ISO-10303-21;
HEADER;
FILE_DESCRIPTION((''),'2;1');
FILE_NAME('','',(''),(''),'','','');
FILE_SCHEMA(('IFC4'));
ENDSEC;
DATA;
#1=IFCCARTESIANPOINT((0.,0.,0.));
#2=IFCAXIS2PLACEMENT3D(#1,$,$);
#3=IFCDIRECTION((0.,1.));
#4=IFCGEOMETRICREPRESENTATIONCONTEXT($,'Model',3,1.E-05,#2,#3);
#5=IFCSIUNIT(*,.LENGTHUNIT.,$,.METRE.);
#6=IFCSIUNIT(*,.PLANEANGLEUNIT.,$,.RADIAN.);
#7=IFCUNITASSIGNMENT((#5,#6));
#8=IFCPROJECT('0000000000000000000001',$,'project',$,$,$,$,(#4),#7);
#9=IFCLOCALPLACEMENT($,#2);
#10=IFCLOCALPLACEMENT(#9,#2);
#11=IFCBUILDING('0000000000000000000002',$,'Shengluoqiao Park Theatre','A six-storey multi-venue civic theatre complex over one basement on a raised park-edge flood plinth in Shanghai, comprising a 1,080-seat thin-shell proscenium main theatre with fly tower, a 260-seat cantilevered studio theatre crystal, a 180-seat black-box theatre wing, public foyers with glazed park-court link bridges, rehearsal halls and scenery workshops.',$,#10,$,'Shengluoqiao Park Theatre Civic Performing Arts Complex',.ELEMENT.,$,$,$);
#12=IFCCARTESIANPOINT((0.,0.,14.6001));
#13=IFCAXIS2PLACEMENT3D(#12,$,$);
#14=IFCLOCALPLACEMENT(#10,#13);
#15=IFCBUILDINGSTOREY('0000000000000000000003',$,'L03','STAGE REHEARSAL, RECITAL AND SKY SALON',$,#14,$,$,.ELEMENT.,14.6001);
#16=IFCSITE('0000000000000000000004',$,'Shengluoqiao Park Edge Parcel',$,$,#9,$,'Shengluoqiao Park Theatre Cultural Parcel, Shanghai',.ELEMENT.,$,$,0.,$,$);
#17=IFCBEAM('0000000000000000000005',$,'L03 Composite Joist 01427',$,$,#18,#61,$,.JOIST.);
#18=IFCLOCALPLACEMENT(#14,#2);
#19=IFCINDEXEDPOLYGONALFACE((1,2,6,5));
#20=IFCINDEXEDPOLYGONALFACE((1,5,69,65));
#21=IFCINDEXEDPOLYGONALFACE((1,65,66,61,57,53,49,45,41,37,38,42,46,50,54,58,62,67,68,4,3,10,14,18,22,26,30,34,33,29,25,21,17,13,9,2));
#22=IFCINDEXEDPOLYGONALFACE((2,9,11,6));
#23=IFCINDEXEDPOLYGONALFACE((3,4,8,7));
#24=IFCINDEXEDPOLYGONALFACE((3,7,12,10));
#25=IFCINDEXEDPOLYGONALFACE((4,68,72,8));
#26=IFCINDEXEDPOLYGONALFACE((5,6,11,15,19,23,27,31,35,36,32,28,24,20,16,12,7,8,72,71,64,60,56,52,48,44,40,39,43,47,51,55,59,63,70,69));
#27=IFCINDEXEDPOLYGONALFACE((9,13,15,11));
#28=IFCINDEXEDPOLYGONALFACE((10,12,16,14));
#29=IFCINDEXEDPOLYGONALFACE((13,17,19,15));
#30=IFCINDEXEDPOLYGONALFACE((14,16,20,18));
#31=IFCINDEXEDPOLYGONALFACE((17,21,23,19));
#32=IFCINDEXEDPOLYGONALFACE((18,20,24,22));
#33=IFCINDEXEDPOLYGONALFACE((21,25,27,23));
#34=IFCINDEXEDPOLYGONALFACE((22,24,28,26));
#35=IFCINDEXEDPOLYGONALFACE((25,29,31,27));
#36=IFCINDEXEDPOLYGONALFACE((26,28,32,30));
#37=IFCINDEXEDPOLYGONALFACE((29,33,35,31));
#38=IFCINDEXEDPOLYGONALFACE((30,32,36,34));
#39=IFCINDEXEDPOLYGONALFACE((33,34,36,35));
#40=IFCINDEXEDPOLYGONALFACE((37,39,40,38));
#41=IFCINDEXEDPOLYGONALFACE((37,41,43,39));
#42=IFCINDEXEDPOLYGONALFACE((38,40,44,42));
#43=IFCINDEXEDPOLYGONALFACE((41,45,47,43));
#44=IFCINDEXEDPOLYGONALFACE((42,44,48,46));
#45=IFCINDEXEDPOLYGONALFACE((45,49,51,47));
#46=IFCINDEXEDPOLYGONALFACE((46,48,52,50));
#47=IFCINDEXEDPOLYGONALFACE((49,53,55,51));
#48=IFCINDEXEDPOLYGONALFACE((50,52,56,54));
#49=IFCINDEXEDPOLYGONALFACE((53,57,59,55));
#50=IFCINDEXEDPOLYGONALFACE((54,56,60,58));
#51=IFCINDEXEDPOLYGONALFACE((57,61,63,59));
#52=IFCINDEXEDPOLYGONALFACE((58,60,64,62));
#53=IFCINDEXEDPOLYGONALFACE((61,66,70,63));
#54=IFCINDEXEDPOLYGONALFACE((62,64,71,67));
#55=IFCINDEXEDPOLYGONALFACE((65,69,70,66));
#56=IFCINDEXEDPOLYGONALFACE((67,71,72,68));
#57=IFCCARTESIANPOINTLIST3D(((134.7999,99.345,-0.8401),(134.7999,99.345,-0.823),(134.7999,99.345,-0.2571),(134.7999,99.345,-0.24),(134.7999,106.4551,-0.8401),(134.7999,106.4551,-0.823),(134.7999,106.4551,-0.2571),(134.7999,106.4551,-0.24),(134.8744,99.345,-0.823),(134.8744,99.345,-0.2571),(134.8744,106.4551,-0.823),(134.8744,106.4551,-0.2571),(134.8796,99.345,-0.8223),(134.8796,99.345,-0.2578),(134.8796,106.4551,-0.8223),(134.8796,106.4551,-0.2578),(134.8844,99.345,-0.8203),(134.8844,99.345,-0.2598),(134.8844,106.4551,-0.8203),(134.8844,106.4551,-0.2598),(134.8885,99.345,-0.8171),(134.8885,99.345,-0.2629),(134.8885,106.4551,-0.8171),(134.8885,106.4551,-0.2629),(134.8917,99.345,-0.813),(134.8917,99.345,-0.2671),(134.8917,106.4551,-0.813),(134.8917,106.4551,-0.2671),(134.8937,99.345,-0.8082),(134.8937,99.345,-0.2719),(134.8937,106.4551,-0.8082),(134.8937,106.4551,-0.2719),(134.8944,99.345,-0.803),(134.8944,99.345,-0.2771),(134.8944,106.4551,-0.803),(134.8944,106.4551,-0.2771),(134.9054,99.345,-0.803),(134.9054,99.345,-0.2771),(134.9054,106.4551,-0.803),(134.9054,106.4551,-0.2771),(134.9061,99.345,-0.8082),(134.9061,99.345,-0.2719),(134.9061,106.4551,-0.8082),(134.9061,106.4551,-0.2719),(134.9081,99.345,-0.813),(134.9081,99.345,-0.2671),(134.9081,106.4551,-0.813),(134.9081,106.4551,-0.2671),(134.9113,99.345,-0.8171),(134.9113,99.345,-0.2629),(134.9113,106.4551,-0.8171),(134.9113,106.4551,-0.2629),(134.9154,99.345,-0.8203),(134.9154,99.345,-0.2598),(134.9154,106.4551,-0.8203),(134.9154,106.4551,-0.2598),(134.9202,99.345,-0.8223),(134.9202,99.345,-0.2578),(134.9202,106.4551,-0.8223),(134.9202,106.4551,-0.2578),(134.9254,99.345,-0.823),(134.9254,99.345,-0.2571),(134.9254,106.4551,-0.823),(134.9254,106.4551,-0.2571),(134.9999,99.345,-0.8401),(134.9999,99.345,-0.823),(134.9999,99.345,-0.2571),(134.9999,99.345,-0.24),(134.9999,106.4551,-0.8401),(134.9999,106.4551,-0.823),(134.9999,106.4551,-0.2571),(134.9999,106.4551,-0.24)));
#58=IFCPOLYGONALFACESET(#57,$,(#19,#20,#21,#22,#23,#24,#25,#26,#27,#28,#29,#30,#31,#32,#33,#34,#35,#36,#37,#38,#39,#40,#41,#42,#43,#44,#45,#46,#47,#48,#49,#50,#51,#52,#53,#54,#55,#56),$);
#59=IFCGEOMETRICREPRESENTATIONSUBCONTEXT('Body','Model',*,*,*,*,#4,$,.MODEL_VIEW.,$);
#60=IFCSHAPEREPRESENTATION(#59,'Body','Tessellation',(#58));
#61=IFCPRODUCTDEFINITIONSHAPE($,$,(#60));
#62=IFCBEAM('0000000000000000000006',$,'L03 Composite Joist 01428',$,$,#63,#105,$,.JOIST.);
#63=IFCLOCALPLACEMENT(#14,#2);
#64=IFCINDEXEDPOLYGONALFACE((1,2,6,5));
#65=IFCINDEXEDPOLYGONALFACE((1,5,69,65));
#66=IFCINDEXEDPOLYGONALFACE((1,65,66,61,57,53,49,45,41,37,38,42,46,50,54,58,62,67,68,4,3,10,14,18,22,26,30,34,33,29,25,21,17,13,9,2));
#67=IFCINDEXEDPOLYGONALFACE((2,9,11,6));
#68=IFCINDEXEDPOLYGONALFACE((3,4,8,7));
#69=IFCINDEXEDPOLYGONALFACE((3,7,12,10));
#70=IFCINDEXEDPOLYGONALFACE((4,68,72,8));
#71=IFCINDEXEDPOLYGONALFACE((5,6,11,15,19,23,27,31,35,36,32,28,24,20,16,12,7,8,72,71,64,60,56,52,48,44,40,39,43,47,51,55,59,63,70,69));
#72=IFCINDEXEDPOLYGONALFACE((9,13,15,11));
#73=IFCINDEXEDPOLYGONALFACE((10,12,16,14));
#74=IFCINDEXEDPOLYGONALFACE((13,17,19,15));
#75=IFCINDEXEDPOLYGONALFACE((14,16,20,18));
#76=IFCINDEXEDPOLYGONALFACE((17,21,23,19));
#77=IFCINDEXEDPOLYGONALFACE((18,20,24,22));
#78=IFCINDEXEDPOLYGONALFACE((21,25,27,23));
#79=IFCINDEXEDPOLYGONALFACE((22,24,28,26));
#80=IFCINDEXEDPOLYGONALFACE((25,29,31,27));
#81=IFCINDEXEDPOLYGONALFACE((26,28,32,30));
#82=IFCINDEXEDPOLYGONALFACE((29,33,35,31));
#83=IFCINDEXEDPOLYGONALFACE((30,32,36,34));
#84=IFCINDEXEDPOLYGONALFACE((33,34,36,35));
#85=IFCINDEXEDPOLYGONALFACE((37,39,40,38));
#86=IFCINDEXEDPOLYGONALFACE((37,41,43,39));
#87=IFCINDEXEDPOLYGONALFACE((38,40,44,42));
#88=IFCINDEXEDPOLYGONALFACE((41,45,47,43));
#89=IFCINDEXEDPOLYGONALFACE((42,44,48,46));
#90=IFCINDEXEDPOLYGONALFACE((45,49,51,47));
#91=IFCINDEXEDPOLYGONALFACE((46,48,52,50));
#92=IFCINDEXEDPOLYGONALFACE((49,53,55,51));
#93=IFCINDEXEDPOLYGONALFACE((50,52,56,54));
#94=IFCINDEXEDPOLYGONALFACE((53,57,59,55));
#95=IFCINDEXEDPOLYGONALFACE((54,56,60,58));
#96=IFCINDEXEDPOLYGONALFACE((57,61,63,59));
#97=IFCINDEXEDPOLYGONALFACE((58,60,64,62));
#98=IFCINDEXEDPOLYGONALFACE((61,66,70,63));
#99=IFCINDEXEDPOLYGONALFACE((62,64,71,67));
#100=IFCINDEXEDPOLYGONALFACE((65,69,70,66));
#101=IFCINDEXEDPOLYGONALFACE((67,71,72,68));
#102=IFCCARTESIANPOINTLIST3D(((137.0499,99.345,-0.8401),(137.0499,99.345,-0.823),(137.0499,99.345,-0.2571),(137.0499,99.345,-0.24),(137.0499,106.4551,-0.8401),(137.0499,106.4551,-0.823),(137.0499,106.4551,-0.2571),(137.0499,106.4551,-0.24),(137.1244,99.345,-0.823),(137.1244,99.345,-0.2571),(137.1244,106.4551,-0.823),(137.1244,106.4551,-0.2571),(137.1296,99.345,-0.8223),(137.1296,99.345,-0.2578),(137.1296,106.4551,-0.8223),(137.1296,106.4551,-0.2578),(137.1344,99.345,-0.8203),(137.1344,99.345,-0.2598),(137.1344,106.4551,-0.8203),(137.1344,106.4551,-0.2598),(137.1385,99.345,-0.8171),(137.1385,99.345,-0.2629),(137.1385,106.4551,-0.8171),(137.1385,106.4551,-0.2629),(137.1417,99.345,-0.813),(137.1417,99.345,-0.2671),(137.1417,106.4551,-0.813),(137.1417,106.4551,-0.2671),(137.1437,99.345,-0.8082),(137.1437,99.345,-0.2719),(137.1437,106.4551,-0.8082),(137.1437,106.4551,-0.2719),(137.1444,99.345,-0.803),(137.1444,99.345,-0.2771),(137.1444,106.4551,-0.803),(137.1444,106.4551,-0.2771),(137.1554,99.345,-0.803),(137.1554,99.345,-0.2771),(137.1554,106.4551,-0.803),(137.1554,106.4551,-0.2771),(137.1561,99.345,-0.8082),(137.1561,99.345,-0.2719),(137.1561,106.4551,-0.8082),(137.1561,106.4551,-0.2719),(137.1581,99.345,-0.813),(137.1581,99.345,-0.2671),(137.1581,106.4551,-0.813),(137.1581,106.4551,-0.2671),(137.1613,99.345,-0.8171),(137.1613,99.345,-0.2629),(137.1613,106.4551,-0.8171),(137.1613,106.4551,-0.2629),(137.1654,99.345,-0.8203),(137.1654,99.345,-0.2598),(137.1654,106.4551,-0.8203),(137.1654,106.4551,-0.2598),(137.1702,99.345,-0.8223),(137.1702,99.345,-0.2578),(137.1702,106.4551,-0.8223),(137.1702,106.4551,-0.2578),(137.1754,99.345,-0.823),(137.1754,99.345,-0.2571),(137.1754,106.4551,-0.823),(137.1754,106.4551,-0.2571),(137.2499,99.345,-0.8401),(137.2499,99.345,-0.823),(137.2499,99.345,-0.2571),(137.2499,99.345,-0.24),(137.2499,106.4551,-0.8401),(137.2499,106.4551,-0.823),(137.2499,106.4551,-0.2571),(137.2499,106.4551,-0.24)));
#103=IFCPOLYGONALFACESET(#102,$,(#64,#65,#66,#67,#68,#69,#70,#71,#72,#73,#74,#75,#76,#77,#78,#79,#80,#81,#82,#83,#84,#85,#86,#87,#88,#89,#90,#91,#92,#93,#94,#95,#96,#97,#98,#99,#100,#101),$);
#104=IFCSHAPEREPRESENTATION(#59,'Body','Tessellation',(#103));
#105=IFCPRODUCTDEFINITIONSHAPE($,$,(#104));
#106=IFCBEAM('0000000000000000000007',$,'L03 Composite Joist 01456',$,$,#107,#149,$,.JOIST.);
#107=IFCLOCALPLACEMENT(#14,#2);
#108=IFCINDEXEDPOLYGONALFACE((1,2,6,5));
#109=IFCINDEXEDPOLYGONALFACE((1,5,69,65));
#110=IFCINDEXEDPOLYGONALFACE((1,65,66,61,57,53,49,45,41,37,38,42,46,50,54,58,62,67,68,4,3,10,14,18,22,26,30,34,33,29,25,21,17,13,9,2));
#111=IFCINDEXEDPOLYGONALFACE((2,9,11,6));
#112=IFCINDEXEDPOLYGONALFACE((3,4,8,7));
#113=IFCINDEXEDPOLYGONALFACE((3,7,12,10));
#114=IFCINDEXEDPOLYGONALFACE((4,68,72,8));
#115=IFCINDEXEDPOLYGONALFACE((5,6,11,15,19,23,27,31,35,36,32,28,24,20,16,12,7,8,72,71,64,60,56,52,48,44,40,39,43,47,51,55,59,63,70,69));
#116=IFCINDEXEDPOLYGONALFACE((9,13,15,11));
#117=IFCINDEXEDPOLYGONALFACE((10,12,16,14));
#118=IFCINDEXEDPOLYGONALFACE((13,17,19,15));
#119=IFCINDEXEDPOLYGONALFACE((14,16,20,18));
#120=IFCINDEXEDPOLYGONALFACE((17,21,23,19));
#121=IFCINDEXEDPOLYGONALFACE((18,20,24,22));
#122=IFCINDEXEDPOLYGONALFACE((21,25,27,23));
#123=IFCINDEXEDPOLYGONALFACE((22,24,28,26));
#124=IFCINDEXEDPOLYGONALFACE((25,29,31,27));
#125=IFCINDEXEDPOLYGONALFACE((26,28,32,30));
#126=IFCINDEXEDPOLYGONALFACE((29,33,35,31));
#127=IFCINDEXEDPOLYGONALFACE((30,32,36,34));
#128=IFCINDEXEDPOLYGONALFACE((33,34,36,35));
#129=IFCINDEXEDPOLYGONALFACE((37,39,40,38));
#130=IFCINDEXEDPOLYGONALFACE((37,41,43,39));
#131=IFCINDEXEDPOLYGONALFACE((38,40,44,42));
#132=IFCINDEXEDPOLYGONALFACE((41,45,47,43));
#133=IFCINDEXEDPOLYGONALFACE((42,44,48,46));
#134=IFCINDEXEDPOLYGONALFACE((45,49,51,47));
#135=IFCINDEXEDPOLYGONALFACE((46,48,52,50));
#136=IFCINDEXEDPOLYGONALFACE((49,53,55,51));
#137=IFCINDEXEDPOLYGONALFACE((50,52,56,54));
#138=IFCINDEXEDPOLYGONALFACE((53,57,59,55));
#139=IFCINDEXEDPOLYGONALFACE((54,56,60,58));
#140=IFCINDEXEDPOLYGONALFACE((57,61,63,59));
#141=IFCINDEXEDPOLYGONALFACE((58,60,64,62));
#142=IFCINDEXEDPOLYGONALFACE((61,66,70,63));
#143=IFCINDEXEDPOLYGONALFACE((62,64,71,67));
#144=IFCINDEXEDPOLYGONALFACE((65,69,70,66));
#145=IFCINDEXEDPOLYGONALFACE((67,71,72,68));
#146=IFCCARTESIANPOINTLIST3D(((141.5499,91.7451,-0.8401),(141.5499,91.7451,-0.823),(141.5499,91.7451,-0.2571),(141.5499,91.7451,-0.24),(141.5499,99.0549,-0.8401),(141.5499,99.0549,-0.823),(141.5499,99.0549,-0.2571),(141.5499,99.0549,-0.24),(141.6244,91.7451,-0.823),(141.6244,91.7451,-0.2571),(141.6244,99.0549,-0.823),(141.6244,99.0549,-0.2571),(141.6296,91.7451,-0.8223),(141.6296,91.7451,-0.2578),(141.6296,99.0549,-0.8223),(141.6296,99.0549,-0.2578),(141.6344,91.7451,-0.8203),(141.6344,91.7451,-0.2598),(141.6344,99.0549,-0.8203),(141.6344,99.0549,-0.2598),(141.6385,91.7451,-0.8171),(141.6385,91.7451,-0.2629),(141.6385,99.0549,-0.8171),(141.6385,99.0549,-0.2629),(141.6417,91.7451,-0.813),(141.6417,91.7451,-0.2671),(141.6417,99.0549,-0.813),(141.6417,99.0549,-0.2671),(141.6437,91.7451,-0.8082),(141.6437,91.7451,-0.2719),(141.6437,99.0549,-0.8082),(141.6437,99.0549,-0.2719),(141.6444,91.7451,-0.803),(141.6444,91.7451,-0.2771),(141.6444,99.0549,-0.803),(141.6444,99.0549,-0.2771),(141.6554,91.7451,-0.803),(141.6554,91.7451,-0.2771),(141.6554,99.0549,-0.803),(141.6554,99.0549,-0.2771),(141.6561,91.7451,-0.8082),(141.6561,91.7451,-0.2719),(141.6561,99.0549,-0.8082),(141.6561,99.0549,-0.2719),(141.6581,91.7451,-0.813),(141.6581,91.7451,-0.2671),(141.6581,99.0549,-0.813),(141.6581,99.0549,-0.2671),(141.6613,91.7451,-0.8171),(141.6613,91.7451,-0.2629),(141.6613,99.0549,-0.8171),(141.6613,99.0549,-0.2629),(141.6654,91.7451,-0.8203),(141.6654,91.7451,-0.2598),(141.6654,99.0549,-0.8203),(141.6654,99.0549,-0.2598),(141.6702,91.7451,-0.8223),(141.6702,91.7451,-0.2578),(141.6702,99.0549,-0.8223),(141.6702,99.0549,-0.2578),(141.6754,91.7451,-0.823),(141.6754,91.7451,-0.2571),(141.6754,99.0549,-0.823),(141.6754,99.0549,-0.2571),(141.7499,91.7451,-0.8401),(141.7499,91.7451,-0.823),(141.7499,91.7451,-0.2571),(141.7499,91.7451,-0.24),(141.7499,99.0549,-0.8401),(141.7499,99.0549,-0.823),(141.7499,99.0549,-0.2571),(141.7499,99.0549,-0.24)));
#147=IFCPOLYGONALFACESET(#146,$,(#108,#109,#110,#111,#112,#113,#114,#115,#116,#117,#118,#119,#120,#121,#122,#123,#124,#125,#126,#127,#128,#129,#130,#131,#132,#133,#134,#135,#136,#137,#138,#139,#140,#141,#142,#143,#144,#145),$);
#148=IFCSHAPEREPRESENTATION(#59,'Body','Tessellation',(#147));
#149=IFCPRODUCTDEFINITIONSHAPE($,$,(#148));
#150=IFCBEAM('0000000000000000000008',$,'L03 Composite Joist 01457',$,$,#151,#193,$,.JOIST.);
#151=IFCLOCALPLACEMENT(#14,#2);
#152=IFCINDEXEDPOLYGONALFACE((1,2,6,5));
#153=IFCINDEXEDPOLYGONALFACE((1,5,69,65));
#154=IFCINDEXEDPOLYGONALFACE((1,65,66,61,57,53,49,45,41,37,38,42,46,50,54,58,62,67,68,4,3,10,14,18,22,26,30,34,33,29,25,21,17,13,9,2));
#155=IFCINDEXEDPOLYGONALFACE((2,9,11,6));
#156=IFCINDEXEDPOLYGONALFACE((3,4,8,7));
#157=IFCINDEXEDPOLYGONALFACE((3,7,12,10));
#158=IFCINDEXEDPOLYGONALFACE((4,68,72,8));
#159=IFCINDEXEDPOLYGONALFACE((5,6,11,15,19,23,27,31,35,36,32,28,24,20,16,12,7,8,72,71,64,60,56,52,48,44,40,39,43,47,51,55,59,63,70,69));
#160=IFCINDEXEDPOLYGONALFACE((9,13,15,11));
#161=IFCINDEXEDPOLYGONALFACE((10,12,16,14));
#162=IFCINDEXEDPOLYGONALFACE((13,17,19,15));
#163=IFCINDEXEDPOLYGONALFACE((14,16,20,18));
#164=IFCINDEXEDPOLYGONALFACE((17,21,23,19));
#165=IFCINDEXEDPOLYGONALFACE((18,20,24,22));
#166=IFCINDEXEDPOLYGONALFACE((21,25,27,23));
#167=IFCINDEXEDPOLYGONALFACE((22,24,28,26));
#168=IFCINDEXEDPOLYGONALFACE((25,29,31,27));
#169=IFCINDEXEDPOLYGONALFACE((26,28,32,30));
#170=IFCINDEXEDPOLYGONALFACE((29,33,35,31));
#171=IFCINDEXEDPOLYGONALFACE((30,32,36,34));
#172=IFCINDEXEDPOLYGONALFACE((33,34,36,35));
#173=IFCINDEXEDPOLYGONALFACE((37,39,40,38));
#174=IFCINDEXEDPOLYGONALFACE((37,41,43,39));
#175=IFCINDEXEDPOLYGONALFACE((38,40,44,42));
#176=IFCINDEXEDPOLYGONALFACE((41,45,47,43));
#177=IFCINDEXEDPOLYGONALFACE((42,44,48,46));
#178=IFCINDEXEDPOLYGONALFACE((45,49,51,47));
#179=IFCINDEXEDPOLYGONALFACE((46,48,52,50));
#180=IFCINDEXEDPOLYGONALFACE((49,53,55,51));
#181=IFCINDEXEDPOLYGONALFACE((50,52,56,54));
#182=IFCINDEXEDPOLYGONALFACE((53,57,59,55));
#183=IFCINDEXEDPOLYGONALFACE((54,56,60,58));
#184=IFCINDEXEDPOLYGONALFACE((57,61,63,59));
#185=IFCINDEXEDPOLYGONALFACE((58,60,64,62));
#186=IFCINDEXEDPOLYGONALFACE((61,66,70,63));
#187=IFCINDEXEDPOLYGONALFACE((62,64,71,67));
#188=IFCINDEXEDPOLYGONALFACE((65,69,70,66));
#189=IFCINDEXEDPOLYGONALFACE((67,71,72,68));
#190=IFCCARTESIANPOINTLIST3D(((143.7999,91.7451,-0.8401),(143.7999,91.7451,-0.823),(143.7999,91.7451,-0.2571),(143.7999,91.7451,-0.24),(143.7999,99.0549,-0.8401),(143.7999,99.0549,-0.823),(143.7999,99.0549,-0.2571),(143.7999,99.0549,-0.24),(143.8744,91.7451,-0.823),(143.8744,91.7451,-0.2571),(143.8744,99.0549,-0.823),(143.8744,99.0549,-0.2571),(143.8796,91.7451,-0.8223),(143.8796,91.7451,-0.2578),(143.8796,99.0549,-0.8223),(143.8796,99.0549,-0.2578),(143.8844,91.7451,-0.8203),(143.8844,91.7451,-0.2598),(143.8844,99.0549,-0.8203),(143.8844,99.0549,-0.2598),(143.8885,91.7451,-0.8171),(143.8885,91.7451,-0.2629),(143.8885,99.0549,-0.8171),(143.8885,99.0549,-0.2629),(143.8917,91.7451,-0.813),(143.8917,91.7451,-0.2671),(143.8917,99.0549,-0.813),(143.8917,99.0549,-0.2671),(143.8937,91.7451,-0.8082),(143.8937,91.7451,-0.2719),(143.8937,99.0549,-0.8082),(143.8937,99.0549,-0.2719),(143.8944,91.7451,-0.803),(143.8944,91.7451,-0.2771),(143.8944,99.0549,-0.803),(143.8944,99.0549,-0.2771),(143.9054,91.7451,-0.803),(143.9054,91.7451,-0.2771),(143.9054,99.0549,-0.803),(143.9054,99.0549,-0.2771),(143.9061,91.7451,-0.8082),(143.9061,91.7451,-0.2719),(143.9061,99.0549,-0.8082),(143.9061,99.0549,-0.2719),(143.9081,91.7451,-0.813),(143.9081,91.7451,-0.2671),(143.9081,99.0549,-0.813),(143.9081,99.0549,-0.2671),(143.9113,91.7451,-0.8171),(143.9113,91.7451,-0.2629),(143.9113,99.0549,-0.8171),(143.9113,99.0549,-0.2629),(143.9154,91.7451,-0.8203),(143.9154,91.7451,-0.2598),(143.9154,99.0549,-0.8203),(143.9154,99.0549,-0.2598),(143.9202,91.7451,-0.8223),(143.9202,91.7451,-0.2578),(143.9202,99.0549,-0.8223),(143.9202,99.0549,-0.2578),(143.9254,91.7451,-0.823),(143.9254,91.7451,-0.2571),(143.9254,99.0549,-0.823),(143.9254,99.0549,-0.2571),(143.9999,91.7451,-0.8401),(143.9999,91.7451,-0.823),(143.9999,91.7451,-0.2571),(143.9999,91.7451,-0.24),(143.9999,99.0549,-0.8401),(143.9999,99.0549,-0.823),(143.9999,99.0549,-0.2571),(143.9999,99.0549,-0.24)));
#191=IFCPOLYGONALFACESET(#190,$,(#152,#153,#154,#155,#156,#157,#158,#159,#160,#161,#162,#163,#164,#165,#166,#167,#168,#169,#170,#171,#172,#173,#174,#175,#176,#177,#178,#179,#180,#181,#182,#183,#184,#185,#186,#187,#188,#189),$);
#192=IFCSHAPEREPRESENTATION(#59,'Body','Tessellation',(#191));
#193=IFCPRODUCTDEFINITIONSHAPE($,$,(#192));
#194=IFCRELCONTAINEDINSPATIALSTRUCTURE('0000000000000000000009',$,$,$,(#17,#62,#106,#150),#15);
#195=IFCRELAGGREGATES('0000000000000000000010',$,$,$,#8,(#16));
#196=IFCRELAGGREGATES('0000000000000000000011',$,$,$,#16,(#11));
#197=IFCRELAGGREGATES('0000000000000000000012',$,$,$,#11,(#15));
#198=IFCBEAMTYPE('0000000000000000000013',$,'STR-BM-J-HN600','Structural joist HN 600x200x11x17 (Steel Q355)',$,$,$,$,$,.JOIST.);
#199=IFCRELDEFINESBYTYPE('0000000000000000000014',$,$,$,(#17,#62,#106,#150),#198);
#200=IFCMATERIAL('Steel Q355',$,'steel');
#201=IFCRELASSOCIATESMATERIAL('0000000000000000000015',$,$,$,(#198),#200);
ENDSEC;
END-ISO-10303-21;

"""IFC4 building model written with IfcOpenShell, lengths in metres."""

from ifc_helpers import new_model, si_unit, direction, frame, origin, origin_2d, place, context, subcontext, project, spatial, i_section, extrude, material, material_profile, profile_set, type_object, element, save


model = new_model("IFC4")

# Units and contexts
model_context = context("Model", 3, precision=1e-05, world=origin(), true_north=direction((0.0, 1.0)))
body_context = subcontext(model_context, "Body", "Model", "MODEL_VIEW")
ifc_project = project(units=[si_unit("LENGTHUNIT", "METRE"), si_unit("PLANEANGLEUNIT", "RADIAN")], contexts=[model_context])

# Site, building, storey
site_placement = place(None, origin())
site = spatial("IfcSite", under=ifc_project, at=site_placement, Name="Shengluoqiao Park Edge Parcel", LongName="Shengluoqiao Park Theatre Cultural Parcel, Shanghai", CompositionType="ELEMENT", RefElevation=0.0)
building_placement = place(site_placement, origin())
building = spatial("IfcBuilding", under=site, at=building_placement, Name="Shengluoqiao Park Theatre", Description="A six-storey multi-venue civic theatre complex over one basement on a raised park-edge flood plinth in Shanghai, comprising a 1,080-seat thin-shell proscenium main theatre with fly tower, a 260-seat cantilevered studio theatre crystal, a 180-seat black-box theatre wing, public foyers with glazed park-court link bridges, rehearsal halls and scenery workshops.", LongName="Shengluoqiao Park Theatre Civic Performing Arts Complex", CompositionType="ELEMENT")
storey_placement = place(building_placement, frame((0.0, 0.0, 14.6001)))
storey = spatial("IfcBuildingStorey", under=building, at=storey_placement, Name="L03", Description="STAGE REHEARSAL, RECITAL AND SKY SALON", CompositionType="ELEMENT", Elevation=14.6001)

# Beams
ifc_material_1 = material(Name="Steel Q355", Category="steel")
ifc_material_profile_1 = material_profile(ifc_material_1, i_section(OverallWidth=0.2, OverallDepth=0.6001, WebThickness=0.011, FlangeThickness=0.0171, FilletRadius=0.02, at=origin_2d()), Name="HN 600x200x11x17")
ifc_profile_set_1 = profile_set([ifc_material_profile_1], Name="Steel Q355")
beam_type_1 = type_object("IfcBeamType", Name="STR-BM-J-HN600", Description="Structural joist HN 600x200x11x17 (Steel Q355)", PredefinedType="JOIST", material=ifc_profile_set_1)
for number, where, z_axis, x_axis, name in (
    (1, (134.8999, 99.345, -0.54), (0.0, 1.0, 0.0), (-1.0, 0.0, 0.0), "L03 Composite Joist 01427"),
    (2, (137.1499, 99.345, -0.54), (0.0, 1.0, 0.0), (-1.0, 0.0, 0.0), "L03 Composite Joist 01428"),
):
    element("IfcBeam", number, at=place(storey_placement, frame(where, z_axis=z_axis, x_axis=x_axis)), inside=storey, type_object=beam_type_1, Name=name, PredefinedType="JOIST", context=body_context, shape_type="SweptSolid", body=[
        extrude(i_section(OverallWidth=0.2, OverallDepth=0.6001, WebThickness=0.011, FlangeThickness=0.0171, FilletRadius=0.02, at=origin_2d()), origin(), (0.0, 0.0, 1.0), 7.1101),
    ])
for number, where, z_axis, x_axis, name in (
    (3, (141.6499, 91.7451, -0.54), (0.0, 1.0, 0.0), (-1.0, 0.0, 0.0), "L03 Composite Joist 01456"),
    (4, (143.8999, 91.7451, -0.54), (0.0, 1.0, 0.0), (-1.0, 0.0, 0.0), "L03 Composite Joist 01457"),
):
    element("IfcBeam", number, at=place(storey_placement, frame(where, z_axis=z_axis, x_axis=x_axis)), inside=storey, type_object=beam_type_1, Name=name, PredefinedType="JOIST", context=body_context, shape_type="SweptSolid", body=[
        extrude(i_section(OverallWidth=0.2, OverallDepth=0.6001, WebThickness=0.011, FlangeThickness=0.0171, FilletRadius=0.02, at=origin_2d()), origin(), (0.0, 0.0, 1.0), 7.3098),
    ])

save(model, "model.ifc")
